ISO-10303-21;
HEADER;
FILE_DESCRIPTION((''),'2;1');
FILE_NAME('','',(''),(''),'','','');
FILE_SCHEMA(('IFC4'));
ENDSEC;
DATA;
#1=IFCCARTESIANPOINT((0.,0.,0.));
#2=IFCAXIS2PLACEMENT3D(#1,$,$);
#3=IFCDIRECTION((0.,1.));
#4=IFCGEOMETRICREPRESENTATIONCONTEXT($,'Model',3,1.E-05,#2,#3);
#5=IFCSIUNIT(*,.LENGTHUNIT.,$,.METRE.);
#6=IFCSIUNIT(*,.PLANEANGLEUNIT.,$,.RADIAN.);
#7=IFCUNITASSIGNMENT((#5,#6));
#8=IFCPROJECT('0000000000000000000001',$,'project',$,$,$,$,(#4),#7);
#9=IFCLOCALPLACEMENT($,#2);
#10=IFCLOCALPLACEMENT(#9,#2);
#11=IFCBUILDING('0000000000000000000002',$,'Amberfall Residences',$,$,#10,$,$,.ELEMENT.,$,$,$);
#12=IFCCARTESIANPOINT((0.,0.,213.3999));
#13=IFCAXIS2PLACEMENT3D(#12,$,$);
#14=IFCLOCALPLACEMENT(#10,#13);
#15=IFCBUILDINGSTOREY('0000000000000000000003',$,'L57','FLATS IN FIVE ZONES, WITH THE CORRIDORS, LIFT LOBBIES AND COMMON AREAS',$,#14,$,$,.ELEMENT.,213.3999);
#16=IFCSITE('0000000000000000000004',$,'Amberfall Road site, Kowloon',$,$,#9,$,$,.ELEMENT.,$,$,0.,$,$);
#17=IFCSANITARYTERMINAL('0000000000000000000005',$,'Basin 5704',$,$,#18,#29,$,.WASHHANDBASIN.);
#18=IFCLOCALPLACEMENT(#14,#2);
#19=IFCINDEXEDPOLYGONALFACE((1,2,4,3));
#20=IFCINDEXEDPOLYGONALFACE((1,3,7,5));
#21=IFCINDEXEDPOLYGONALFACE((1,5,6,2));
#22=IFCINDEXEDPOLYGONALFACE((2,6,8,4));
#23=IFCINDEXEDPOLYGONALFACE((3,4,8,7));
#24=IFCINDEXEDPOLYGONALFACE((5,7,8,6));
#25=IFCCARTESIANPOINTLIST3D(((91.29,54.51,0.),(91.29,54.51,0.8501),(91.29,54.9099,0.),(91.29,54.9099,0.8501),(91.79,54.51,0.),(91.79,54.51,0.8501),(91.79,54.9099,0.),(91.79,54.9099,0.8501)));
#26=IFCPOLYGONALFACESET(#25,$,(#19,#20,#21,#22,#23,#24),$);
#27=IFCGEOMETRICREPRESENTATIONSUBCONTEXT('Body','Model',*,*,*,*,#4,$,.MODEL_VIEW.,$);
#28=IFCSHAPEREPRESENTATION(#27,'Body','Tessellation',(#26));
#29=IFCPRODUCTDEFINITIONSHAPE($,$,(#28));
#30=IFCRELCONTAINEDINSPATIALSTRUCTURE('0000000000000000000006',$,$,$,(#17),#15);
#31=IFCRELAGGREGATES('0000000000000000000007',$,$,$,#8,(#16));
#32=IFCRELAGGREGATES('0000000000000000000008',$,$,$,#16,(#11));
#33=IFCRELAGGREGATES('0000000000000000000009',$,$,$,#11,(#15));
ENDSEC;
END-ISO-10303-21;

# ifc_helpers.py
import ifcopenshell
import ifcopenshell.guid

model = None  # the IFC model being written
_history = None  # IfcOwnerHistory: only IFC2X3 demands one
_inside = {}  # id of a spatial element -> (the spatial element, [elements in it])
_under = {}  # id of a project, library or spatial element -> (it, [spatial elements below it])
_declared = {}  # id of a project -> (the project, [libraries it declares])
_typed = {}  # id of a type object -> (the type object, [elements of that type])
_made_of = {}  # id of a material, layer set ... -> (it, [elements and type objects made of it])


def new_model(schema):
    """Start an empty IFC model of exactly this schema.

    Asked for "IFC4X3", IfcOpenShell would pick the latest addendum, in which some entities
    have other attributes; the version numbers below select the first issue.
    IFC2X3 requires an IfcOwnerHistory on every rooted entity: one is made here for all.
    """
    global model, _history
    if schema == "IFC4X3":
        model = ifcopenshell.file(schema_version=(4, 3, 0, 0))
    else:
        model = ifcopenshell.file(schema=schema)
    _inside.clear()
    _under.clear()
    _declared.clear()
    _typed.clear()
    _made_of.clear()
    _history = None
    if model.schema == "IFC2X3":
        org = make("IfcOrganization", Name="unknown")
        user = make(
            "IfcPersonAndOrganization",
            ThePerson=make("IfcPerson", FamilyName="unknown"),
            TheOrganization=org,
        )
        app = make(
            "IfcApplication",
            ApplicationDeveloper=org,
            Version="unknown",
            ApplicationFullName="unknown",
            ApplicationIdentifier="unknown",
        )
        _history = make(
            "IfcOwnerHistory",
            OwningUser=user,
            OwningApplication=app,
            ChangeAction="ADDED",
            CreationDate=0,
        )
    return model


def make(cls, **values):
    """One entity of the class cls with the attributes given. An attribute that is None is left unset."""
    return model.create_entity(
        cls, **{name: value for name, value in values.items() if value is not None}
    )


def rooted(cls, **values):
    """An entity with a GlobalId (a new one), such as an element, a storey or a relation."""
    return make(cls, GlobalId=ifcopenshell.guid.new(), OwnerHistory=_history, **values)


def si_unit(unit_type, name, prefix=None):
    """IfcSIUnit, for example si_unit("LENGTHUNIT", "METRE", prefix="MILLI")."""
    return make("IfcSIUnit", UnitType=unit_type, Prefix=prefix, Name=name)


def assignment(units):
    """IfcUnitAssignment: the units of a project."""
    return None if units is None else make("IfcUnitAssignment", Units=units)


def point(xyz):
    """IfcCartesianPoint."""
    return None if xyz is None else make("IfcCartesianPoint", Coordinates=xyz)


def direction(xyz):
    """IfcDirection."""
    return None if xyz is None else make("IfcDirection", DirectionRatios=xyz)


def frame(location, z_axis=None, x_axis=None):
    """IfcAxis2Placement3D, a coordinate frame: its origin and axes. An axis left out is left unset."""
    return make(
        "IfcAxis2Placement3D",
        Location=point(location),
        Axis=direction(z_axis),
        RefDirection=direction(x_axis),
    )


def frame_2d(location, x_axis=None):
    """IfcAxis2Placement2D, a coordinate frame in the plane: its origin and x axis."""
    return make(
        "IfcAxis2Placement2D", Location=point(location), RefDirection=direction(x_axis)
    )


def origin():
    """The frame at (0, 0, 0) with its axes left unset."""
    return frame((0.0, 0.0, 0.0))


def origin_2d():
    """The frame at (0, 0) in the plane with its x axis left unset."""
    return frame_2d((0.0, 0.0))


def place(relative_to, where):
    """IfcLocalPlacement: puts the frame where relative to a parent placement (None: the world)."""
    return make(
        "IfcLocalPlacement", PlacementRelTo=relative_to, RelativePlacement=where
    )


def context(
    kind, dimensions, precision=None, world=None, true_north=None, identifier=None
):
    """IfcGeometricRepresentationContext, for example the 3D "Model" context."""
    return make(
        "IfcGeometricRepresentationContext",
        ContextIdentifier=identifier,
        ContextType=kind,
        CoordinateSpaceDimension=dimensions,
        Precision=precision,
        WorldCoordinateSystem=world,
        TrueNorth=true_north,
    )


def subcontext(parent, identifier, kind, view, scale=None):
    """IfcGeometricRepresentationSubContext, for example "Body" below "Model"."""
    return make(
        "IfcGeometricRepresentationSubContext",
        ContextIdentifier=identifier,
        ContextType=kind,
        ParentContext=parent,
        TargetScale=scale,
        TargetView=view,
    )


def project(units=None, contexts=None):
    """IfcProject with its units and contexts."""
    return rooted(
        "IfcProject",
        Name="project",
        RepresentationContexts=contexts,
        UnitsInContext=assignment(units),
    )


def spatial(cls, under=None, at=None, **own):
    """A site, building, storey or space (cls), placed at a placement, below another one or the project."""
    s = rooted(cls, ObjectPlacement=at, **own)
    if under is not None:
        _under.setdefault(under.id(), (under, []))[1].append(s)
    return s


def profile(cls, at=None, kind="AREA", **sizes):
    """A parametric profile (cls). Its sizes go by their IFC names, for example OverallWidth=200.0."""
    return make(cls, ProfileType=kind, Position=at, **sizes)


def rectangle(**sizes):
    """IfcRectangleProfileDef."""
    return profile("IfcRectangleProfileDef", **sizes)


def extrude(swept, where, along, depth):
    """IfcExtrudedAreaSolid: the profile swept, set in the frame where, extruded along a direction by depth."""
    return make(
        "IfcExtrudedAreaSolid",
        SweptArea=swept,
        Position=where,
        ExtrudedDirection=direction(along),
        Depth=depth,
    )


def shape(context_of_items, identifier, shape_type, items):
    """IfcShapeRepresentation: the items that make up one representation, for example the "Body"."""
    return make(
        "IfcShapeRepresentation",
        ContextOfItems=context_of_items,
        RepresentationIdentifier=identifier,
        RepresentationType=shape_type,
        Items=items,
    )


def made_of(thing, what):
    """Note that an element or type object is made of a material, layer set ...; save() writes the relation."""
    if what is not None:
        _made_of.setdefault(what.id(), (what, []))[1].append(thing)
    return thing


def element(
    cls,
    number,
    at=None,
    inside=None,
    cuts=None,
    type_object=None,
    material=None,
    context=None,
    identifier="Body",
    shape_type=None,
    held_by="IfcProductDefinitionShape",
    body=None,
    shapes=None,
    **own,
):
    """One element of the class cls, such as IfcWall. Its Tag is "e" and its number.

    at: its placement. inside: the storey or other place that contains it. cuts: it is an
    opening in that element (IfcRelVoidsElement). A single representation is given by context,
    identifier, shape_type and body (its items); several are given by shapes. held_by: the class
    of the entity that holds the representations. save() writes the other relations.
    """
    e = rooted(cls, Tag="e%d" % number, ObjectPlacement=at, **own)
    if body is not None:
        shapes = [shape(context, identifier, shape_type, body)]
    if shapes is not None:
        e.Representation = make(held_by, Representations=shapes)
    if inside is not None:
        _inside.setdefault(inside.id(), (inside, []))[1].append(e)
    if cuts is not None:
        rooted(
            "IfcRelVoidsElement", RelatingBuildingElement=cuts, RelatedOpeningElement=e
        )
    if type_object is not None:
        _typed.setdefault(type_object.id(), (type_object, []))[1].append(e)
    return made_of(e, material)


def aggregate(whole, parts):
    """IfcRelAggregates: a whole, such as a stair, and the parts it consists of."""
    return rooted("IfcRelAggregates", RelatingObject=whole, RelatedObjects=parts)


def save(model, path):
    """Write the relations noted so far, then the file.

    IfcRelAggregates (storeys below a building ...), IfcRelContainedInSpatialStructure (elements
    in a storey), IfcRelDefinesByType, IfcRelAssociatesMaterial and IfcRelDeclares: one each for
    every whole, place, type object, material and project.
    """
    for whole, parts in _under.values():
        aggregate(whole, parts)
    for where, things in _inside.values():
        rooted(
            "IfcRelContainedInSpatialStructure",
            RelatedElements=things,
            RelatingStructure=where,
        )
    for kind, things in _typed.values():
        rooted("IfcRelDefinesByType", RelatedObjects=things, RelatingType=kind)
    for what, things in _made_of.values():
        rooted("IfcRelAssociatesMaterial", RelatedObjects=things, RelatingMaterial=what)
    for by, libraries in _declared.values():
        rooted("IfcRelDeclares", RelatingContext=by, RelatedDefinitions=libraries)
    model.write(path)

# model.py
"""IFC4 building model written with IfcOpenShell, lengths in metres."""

from ifc_helpers import new_model, si_unit, direction, frame, origin, origin_2d, place, context, subcontext, project, spatial, rectangle, extrude, element, save


model = new_model("IFC4")

# Units and contexts
model_context = context("Model", 3, precision=1e-05, world=origin(), true_north=direction((0.0, 1.0)))
body_context = subcontext(model_context, "Body", "Model", "MODEL_VIEW")
ifc_project = project(units=[si_unit("LENGTHUNIT", "METRE"), si_unit("PLANEANGLEUNIT", "RADIAN")], contexts=[model_context])

# Site, building, storey
site_placement = place(None, origin())
site = spatial("IfcSite", under=ifc_project, at=site_placement, Name="Amberfall Road site, Kowloon", CompositionType="ELEMENT", RefElevation=0.0)
building_placement = place(site_placement, origin())
building = spatial("IfcBuilding", under=site, at=building_placement, Name="Amberfall Residences", CompositionType="ELEMENT")
storey_placement = place(building_placement, frame((0.0, 0.0, 213.3999)))
storey = spatial("IfcBuildingStorey", under=building, at=storey_placement, Name="L57", Description="FLATS IN FIVE ZONES, WITH THE CORRIDORS, LIFT LOBBIES AND COMMON AREAS", CompositionType="ELEMENT", Elevation=213.3999)

# Sanitary terminal
sanitary_terminal_1_placement = place(storey_placement, frame((91.54, 54.71, 0.0), z_axis=(0.0, 0.0, 1.0), x_axis=(1.0, 0.0, 0.0)))
element("IfcSanitaryTerminal", 1, at=sanitary_terminal_1_placement, inside=storey, Name="Basin 5704", PredefinedType="WASHHANDBASIN", context=body_context, shape_type="SweptSolid", body=[
    extrude(rectangle(XDim=0.5, YDim=0.3999, at=origin_2d()), origin(), (0.0, 0.0, 1.0), 0.8501),
])

save(model, "model.ifc")
